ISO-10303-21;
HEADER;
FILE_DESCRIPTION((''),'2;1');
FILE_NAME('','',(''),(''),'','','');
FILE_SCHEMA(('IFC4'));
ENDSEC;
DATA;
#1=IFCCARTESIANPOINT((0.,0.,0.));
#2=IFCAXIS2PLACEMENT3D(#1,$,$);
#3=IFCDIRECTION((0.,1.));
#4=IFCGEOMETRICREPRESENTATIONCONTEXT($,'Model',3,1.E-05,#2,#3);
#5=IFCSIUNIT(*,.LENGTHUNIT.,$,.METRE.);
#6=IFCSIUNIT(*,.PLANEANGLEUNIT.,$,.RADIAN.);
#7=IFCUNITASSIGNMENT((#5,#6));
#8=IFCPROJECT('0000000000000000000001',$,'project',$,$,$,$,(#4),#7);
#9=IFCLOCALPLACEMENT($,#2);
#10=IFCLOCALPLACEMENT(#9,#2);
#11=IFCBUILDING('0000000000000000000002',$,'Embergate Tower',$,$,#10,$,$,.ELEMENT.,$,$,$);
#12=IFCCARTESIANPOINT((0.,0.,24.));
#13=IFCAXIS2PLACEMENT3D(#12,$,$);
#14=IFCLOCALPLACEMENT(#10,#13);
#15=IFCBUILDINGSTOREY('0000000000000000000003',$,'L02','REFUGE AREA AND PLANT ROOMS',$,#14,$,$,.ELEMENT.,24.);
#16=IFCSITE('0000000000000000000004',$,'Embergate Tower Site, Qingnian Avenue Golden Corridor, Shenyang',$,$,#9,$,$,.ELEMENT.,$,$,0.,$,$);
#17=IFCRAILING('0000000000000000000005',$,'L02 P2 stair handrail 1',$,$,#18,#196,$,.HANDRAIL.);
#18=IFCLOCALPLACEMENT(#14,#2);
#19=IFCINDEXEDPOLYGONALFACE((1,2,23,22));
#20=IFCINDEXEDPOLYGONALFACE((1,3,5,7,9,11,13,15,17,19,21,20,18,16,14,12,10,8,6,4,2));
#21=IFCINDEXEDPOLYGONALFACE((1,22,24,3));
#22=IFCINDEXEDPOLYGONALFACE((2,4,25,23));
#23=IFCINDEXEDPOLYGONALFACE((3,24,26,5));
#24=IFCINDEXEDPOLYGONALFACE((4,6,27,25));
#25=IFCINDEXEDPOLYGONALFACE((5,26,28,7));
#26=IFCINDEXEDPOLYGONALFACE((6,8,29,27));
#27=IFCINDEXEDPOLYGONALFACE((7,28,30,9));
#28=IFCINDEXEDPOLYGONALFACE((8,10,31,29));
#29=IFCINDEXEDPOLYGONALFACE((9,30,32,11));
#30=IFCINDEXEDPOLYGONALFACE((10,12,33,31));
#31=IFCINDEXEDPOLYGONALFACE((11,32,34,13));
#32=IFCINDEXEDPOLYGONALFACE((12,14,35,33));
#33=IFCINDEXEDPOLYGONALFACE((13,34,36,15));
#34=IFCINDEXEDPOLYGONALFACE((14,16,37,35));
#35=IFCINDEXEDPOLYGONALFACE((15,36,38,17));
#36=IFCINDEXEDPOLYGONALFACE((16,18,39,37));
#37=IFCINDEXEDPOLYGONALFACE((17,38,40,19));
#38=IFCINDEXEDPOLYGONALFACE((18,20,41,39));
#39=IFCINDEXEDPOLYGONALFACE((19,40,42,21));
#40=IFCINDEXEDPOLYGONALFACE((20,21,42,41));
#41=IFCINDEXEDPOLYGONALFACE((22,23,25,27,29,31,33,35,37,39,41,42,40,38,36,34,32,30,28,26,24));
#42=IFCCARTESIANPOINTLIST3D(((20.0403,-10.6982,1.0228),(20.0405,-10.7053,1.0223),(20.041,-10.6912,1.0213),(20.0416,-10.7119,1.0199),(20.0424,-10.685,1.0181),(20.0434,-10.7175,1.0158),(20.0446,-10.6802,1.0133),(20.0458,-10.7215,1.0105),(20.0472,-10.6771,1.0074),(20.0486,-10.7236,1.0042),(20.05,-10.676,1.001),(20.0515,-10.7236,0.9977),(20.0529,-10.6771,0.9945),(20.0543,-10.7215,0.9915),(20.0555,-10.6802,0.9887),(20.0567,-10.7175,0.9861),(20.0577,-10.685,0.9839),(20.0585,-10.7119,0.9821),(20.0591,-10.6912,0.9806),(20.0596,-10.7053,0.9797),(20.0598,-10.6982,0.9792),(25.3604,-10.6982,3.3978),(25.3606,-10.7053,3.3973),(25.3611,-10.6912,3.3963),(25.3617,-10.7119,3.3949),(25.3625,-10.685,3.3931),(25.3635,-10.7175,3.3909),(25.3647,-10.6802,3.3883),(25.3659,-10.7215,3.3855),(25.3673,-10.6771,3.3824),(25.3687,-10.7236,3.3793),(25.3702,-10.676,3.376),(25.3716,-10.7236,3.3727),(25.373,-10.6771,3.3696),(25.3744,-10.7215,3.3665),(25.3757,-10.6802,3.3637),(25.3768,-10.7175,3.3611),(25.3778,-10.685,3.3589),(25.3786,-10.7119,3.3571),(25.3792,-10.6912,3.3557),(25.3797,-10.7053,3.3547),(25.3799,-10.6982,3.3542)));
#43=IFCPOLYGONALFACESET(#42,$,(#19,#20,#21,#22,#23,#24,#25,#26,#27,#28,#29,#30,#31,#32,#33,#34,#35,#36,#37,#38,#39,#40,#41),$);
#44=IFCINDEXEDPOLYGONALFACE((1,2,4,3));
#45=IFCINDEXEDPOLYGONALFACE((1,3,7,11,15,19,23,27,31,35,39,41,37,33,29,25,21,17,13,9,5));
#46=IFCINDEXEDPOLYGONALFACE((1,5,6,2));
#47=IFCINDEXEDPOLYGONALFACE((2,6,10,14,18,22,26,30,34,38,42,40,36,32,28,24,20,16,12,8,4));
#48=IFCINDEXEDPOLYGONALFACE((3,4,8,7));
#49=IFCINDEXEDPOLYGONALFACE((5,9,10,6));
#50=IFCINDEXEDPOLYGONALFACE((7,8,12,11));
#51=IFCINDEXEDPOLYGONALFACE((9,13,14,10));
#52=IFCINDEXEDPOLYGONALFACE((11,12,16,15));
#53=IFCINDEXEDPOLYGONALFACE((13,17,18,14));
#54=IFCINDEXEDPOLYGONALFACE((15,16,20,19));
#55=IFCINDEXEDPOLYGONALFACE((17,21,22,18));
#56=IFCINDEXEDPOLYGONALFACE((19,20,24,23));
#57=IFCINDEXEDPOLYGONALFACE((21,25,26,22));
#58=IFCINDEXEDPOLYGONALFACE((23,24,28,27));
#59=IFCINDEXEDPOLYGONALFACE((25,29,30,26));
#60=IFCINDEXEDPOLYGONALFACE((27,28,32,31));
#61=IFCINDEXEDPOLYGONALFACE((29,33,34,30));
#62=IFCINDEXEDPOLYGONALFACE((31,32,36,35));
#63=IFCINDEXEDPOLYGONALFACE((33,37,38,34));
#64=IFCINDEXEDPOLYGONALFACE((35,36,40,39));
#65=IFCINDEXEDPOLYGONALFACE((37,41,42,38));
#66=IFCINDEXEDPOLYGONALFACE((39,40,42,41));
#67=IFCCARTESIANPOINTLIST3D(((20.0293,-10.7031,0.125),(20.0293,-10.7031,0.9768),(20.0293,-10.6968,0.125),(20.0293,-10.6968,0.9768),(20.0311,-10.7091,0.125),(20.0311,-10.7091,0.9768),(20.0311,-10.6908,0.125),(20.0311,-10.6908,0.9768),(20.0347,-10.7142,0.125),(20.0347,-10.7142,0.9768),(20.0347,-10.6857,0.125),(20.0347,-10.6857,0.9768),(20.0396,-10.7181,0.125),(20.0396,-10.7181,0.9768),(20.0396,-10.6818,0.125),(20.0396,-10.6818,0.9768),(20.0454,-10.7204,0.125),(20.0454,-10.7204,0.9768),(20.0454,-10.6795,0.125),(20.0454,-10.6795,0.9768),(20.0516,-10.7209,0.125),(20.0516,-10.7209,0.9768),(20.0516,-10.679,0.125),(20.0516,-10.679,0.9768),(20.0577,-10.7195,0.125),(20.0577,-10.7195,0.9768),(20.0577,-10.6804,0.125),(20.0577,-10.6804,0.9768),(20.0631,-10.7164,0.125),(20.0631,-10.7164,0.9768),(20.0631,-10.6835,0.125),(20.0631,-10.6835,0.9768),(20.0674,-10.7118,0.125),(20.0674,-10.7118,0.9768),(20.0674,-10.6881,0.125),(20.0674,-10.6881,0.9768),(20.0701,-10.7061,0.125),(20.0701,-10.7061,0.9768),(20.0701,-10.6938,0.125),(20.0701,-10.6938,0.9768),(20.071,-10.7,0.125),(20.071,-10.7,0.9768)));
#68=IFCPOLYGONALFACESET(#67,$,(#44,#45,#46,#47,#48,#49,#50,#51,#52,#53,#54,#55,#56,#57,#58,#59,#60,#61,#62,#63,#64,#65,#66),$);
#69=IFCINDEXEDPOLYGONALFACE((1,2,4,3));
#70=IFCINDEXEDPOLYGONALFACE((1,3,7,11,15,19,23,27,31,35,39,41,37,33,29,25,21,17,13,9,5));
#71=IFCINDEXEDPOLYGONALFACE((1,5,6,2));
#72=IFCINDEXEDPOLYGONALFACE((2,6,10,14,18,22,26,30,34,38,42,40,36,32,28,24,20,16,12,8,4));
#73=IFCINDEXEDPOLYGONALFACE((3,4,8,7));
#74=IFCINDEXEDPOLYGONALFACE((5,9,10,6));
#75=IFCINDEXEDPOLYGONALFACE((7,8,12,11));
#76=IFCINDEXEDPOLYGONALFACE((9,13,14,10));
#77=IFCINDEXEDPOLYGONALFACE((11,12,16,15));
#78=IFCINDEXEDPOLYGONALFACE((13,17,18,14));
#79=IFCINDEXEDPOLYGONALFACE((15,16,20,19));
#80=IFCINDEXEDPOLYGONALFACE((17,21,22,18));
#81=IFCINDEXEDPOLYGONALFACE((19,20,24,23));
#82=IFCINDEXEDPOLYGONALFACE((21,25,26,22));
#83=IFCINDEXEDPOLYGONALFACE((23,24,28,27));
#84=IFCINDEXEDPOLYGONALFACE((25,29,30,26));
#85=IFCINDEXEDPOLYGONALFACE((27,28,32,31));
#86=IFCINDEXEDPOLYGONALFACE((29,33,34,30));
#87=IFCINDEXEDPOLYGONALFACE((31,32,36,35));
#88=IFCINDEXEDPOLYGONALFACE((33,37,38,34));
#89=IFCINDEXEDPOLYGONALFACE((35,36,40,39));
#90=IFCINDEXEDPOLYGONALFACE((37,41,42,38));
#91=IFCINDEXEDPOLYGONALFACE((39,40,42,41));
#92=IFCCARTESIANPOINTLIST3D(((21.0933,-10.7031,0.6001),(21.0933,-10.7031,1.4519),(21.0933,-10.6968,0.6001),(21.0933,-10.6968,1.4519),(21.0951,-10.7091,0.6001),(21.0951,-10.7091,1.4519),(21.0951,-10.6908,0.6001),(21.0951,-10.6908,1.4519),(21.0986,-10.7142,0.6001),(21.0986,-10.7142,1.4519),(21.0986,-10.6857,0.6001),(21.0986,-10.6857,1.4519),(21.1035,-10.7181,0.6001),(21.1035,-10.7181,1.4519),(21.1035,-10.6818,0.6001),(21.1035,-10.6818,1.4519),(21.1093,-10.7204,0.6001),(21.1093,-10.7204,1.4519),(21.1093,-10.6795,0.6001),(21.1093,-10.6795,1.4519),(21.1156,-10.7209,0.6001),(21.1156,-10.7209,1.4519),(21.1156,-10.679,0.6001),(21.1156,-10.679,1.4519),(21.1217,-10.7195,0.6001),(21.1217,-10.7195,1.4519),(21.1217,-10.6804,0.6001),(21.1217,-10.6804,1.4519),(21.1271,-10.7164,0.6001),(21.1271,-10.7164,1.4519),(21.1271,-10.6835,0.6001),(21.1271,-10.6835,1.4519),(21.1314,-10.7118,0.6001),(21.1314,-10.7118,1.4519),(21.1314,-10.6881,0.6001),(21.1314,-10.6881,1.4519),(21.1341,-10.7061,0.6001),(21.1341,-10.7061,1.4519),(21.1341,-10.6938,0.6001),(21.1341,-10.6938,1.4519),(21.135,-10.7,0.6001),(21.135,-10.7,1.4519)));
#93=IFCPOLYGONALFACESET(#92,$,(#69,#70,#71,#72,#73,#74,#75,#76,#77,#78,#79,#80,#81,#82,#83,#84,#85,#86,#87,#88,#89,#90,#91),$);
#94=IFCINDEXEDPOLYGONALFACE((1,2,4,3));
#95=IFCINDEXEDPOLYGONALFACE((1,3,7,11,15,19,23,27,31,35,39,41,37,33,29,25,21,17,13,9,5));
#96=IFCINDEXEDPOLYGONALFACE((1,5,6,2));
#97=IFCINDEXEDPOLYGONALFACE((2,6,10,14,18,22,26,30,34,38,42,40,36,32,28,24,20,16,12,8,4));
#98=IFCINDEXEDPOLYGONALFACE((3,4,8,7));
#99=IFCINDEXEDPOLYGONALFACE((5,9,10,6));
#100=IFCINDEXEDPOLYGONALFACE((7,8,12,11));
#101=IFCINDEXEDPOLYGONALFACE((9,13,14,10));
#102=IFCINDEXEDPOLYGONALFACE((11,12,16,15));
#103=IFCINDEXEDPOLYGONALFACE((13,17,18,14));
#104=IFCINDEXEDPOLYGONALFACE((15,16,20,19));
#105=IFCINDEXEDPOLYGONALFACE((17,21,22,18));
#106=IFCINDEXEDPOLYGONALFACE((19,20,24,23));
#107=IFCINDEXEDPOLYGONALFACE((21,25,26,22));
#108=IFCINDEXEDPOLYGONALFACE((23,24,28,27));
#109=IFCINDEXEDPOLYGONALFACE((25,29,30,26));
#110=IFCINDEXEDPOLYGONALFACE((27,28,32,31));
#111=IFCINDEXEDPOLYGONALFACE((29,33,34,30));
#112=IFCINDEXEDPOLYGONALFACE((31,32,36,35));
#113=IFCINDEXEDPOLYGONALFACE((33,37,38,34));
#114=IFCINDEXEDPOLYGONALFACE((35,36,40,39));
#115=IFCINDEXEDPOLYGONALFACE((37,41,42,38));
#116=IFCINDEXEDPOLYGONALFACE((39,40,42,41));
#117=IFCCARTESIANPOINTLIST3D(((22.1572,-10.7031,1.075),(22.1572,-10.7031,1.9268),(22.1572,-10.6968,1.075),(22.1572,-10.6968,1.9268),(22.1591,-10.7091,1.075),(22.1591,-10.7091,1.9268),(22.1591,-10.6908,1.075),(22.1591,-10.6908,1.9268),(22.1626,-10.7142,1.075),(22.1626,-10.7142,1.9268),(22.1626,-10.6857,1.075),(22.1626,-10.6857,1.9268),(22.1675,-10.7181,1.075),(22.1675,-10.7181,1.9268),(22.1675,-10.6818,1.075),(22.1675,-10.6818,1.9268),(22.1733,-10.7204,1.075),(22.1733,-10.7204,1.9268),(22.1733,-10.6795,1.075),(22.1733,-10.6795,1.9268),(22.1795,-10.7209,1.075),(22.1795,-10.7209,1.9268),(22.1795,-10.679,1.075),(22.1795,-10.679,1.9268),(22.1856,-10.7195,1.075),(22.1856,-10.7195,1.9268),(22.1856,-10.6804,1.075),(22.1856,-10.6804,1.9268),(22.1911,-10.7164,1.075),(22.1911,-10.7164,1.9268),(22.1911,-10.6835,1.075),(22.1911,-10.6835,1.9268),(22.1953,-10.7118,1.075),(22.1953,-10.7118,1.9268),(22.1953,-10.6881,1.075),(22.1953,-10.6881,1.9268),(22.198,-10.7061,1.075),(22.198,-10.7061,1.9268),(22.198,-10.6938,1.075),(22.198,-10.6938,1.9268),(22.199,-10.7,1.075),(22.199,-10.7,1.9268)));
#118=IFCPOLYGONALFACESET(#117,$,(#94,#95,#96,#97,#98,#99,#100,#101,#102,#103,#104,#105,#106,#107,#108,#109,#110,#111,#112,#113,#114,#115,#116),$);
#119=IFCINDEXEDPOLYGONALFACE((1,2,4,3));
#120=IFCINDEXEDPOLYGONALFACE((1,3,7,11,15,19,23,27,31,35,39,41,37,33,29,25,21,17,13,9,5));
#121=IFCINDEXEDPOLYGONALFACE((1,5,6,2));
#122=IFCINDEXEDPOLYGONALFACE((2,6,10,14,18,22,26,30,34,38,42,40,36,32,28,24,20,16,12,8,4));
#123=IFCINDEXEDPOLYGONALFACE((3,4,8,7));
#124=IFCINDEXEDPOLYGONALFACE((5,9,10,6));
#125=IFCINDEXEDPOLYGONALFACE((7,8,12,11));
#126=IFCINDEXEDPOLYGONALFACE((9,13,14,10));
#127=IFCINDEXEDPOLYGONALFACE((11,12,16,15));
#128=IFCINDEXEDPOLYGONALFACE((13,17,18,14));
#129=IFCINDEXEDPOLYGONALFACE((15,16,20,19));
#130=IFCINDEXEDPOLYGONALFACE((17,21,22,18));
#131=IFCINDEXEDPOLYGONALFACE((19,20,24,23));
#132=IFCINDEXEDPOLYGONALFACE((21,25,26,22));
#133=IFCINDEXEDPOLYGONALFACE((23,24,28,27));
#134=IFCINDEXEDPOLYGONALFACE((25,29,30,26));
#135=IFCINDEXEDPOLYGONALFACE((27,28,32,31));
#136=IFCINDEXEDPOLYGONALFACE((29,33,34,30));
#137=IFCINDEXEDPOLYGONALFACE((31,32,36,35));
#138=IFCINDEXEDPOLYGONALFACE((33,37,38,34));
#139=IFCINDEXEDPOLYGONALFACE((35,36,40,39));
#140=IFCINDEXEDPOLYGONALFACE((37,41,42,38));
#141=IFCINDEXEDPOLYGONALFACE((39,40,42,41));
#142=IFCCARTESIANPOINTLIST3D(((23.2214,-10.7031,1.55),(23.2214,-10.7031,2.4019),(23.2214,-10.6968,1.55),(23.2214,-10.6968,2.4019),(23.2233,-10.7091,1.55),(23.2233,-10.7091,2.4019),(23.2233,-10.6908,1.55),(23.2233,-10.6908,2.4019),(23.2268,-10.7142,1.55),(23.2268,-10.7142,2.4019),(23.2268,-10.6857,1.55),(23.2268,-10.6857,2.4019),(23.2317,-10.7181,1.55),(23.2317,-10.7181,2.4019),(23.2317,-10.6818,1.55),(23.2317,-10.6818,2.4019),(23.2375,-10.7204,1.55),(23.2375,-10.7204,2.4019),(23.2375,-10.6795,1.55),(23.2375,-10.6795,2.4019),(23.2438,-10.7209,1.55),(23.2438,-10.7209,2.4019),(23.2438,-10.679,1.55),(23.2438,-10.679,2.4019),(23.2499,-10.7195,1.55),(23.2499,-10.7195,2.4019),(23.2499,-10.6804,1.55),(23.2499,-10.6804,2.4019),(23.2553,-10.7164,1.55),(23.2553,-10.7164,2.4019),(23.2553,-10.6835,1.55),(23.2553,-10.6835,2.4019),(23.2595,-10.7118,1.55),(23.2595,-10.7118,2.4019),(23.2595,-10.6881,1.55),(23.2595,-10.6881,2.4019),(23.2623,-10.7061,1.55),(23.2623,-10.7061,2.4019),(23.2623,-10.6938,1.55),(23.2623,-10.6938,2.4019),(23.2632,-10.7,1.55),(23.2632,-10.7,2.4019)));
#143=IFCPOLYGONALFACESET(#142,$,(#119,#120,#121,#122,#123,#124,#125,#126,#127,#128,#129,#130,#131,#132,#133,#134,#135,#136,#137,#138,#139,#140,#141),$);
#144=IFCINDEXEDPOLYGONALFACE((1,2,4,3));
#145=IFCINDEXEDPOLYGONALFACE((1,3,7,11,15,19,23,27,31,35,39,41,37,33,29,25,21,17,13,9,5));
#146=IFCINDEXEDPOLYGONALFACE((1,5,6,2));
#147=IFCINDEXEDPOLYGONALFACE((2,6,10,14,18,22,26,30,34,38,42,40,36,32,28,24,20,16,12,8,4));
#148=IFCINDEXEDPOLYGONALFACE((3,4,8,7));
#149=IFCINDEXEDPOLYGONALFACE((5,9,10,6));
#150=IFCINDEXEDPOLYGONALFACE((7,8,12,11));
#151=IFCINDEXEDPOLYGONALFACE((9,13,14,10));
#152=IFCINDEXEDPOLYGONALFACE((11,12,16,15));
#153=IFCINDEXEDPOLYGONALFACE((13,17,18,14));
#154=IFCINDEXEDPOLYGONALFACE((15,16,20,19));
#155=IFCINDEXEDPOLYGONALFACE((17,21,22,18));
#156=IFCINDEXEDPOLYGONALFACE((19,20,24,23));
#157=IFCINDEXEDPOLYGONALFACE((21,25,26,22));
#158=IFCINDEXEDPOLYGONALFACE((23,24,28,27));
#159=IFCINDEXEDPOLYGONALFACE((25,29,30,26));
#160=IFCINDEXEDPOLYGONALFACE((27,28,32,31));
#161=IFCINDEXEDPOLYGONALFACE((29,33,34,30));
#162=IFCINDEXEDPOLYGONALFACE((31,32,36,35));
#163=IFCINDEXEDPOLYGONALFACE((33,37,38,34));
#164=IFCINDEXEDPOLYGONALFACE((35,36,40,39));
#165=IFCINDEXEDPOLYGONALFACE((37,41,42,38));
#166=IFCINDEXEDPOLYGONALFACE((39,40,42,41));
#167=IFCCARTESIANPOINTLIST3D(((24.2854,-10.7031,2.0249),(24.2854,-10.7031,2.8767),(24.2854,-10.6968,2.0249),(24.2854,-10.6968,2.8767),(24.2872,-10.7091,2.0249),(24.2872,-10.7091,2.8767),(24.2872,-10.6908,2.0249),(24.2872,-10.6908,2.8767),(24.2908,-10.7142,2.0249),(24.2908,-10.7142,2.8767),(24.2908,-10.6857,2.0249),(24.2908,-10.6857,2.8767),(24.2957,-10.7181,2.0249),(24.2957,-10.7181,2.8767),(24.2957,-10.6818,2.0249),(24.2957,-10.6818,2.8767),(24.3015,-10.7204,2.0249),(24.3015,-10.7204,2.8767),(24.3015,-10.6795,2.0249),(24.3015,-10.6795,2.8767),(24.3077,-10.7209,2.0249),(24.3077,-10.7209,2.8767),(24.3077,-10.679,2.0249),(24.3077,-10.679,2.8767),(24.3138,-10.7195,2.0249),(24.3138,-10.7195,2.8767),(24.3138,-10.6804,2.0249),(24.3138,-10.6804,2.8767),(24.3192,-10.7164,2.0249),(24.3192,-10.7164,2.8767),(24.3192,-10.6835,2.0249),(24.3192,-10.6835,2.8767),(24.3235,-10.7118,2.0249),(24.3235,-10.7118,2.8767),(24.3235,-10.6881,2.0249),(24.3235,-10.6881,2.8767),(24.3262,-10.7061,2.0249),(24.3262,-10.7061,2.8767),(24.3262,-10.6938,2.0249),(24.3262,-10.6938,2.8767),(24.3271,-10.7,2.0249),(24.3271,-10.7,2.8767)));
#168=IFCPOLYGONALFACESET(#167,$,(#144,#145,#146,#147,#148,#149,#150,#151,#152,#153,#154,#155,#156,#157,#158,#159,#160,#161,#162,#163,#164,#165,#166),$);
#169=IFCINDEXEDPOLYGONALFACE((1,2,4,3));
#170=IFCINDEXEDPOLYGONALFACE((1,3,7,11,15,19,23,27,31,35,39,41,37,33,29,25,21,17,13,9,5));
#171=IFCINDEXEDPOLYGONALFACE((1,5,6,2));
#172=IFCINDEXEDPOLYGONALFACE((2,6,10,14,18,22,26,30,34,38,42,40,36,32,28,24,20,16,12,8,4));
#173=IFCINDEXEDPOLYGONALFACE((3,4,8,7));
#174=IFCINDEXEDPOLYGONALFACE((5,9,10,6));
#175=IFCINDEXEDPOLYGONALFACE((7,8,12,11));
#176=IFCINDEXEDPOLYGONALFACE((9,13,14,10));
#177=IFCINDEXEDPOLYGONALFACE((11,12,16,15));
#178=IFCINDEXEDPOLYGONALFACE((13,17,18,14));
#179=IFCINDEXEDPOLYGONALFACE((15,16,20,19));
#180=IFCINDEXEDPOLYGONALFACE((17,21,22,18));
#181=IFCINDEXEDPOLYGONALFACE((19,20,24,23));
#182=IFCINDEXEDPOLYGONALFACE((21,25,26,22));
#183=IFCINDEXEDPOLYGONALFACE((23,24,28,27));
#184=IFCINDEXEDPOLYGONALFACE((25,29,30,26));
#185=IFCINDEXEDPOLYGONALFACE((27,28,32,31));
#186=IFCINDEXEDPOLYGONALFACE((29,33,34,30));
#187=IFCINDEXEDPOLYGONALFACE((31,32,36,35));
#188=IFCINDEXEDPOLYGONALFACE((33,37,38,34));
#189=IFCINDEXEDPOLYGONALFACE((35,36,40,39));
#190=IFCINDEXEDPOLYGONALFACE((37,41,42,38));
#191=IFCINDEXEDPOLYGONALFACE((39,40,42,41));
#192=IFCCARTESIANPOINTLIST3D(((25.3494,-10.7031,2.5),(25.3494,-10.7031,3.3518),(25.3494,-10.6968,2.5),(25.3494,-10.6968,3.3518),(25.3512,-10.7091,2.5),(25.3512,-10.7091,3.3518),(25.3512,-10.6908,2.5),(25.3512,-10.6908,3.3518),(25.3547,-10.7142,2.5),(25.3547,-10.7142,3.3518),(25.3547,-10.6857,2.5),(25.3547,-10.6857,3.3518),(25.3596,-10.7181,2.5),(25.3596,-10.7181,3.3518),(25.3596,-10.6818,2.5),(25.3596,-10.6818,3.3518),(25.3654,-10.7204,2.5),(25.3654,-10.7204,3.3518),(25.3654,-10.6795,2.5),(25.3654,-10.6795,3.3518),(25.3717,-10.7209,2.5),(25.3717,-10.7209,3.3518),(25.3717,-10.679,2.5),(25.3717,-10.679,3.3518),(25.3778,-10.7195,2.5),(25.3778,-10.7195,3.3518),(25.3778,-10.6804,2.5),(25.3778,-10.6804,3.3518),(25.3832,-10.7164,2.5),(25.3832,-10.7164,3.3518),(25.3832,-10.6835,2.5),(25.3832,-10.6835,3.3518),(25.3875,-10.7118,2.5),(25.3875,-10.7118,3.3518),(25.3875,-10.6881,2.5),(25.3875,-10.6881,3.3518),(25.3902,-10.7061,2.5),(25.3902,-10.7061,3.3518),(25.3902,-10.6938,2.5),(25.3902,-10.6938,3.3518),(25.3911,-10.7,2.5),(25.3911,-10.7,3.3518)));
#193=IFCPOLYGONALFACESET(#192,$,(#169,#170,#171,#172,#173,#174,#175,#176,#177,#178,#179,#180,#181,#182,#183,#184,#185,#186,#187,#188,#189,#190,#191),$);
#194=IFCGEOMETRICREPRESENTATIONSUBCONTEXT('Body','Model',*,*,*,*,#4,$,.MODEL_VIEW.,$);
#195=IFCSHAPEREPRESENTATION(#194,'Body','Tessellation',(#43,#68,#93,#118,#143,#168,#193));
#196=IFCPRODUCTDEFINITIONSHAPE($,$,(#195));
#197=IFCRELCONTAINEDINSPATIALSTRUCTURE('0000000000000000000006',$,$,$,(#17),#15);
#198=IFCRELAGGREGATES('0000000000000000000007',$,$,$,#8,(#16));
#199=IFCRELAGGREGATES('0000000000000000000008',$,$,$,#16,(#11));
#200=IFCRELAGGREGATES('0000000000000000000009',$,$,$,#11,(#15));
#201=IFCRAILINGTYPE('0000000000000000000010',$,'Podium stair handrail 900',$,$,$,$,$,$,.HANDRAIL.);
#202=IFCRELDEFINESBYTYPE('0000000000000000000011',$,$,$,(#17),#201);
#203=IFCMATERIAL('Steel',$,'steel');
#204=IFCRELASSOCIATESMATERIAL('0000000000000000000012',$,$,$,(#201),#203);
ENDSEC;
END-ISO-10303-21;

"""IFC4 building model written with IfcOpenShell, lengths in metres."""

from ifc_helpers import new_model, si_unit, direction, frame, origin, origin_2d, place, context, subcontext, project, spatial, circle, extrude, source, transform, mapped, material, type_object, element, save


model = new_model("IFC4")

# Units and contexts
model_context = context("Model", 3, precision=1e-05, world=origin(), true_north=direction((0.0, 1.0)))
body_context = subcontext(model_context, "Body", "Model", "MODEL_VIEW")
ifc_project = project(units=[si_unit("LENGTHUNIT", "METRE"), si_unit("PLANEANGLEUNIT", "RADIAN")], contexts=[model_context])

# Site, building, storey
site_placement = place(None, origin())
site = spatial("IfcSite", under=ifc_project, at=site_placement, Name="Embergate Tower Site, Qingnian Avenue Golden Corridor, Shenyang", CompositionType="ELEMENT", RefElevation=0.0)
building_placement = place(site_placement, origin())
building = spatial("IfcBuilding", under=site, at=building_placement, Name="Embergate Tower", CompositionType="ELEMENT")
storey_placement = place(building_placement, frame((0.0, 0.0, 24.0)))
storey = spatial("IfcBuildingStorey", under=building, at=storey_placement, Name="L02", Description="REFUGE AREA AND PLANT ROOMS", CompositionType="ELEMENT", Elevation=24.0)

# Railing
ifc_material_1 = material(Name="Steel", Category="steel")
railing_type_1 = type_object("IfcRailingType", Name="Podium stair handrail 900", PredefinedType="HANDRAIL", material=ifc_material_1)
shared_shape_1 = source(origin(), body_context, "Body", "SweptSolid", [
    extrude(circle(Radius=0.0239, at=origin_2d()), frame((0.0, 0.0, 0.876), z_axis=(0.91314, 0.0, 0.407646), x_axis=(0.0, 1.0, 0.0)), (0.0, 0.0, 1.0), 5.8262),
    extrude(circle(Radius=0.021, at=origin_2d()), origin(), (0.0, 0.0, 1.0), 0.8518),
    extrude(circle(Radius=0.021, at=origin_2d()), frame((1.064, 0.0, 0.4751)), (0.0, 0.0, 1.0), 0.8518),
    extrude(circle(Radius=0.021, at=origin_2d()), frame((2.1279, 0.0, 0.95)), (0.0, 0.0, 1.0), 0.8518),
    extrude(circle(Radius=0.021, at=origin_2d()), frame((3.1921, 0.0, 1.425)), (0.0, 0.0, 1.0), 0.8518),
    extrude(circle(Radius=0.021, at=origin_2d()), frame((4.2561, 0.0, 1.8999)), (0.0, 0.0, 1.0), 0.8518),
    extrude(circle(Radius=0.021, at=origin_2d()), frame((5.3201, 0.0, 2.375)), (0.0, 0.0, 1.0), 0.8518),
])
railing_1_placement = place(storey_placement, frame((20.05, -10.7, 0.125)))
element("IfcRailing", 1, at=railing_1_placement, inside=storey, type_object=railing_type_1, Name="L02 P2 stair handrail 1", PredefinedType="HANDRAIL", context=body_context, shape_type="MappedRepresentation", body=[
    mapped(shared_shape_1, transform((0.0, 0.0, 0.0))),
])

save(model, "model.ifc")
